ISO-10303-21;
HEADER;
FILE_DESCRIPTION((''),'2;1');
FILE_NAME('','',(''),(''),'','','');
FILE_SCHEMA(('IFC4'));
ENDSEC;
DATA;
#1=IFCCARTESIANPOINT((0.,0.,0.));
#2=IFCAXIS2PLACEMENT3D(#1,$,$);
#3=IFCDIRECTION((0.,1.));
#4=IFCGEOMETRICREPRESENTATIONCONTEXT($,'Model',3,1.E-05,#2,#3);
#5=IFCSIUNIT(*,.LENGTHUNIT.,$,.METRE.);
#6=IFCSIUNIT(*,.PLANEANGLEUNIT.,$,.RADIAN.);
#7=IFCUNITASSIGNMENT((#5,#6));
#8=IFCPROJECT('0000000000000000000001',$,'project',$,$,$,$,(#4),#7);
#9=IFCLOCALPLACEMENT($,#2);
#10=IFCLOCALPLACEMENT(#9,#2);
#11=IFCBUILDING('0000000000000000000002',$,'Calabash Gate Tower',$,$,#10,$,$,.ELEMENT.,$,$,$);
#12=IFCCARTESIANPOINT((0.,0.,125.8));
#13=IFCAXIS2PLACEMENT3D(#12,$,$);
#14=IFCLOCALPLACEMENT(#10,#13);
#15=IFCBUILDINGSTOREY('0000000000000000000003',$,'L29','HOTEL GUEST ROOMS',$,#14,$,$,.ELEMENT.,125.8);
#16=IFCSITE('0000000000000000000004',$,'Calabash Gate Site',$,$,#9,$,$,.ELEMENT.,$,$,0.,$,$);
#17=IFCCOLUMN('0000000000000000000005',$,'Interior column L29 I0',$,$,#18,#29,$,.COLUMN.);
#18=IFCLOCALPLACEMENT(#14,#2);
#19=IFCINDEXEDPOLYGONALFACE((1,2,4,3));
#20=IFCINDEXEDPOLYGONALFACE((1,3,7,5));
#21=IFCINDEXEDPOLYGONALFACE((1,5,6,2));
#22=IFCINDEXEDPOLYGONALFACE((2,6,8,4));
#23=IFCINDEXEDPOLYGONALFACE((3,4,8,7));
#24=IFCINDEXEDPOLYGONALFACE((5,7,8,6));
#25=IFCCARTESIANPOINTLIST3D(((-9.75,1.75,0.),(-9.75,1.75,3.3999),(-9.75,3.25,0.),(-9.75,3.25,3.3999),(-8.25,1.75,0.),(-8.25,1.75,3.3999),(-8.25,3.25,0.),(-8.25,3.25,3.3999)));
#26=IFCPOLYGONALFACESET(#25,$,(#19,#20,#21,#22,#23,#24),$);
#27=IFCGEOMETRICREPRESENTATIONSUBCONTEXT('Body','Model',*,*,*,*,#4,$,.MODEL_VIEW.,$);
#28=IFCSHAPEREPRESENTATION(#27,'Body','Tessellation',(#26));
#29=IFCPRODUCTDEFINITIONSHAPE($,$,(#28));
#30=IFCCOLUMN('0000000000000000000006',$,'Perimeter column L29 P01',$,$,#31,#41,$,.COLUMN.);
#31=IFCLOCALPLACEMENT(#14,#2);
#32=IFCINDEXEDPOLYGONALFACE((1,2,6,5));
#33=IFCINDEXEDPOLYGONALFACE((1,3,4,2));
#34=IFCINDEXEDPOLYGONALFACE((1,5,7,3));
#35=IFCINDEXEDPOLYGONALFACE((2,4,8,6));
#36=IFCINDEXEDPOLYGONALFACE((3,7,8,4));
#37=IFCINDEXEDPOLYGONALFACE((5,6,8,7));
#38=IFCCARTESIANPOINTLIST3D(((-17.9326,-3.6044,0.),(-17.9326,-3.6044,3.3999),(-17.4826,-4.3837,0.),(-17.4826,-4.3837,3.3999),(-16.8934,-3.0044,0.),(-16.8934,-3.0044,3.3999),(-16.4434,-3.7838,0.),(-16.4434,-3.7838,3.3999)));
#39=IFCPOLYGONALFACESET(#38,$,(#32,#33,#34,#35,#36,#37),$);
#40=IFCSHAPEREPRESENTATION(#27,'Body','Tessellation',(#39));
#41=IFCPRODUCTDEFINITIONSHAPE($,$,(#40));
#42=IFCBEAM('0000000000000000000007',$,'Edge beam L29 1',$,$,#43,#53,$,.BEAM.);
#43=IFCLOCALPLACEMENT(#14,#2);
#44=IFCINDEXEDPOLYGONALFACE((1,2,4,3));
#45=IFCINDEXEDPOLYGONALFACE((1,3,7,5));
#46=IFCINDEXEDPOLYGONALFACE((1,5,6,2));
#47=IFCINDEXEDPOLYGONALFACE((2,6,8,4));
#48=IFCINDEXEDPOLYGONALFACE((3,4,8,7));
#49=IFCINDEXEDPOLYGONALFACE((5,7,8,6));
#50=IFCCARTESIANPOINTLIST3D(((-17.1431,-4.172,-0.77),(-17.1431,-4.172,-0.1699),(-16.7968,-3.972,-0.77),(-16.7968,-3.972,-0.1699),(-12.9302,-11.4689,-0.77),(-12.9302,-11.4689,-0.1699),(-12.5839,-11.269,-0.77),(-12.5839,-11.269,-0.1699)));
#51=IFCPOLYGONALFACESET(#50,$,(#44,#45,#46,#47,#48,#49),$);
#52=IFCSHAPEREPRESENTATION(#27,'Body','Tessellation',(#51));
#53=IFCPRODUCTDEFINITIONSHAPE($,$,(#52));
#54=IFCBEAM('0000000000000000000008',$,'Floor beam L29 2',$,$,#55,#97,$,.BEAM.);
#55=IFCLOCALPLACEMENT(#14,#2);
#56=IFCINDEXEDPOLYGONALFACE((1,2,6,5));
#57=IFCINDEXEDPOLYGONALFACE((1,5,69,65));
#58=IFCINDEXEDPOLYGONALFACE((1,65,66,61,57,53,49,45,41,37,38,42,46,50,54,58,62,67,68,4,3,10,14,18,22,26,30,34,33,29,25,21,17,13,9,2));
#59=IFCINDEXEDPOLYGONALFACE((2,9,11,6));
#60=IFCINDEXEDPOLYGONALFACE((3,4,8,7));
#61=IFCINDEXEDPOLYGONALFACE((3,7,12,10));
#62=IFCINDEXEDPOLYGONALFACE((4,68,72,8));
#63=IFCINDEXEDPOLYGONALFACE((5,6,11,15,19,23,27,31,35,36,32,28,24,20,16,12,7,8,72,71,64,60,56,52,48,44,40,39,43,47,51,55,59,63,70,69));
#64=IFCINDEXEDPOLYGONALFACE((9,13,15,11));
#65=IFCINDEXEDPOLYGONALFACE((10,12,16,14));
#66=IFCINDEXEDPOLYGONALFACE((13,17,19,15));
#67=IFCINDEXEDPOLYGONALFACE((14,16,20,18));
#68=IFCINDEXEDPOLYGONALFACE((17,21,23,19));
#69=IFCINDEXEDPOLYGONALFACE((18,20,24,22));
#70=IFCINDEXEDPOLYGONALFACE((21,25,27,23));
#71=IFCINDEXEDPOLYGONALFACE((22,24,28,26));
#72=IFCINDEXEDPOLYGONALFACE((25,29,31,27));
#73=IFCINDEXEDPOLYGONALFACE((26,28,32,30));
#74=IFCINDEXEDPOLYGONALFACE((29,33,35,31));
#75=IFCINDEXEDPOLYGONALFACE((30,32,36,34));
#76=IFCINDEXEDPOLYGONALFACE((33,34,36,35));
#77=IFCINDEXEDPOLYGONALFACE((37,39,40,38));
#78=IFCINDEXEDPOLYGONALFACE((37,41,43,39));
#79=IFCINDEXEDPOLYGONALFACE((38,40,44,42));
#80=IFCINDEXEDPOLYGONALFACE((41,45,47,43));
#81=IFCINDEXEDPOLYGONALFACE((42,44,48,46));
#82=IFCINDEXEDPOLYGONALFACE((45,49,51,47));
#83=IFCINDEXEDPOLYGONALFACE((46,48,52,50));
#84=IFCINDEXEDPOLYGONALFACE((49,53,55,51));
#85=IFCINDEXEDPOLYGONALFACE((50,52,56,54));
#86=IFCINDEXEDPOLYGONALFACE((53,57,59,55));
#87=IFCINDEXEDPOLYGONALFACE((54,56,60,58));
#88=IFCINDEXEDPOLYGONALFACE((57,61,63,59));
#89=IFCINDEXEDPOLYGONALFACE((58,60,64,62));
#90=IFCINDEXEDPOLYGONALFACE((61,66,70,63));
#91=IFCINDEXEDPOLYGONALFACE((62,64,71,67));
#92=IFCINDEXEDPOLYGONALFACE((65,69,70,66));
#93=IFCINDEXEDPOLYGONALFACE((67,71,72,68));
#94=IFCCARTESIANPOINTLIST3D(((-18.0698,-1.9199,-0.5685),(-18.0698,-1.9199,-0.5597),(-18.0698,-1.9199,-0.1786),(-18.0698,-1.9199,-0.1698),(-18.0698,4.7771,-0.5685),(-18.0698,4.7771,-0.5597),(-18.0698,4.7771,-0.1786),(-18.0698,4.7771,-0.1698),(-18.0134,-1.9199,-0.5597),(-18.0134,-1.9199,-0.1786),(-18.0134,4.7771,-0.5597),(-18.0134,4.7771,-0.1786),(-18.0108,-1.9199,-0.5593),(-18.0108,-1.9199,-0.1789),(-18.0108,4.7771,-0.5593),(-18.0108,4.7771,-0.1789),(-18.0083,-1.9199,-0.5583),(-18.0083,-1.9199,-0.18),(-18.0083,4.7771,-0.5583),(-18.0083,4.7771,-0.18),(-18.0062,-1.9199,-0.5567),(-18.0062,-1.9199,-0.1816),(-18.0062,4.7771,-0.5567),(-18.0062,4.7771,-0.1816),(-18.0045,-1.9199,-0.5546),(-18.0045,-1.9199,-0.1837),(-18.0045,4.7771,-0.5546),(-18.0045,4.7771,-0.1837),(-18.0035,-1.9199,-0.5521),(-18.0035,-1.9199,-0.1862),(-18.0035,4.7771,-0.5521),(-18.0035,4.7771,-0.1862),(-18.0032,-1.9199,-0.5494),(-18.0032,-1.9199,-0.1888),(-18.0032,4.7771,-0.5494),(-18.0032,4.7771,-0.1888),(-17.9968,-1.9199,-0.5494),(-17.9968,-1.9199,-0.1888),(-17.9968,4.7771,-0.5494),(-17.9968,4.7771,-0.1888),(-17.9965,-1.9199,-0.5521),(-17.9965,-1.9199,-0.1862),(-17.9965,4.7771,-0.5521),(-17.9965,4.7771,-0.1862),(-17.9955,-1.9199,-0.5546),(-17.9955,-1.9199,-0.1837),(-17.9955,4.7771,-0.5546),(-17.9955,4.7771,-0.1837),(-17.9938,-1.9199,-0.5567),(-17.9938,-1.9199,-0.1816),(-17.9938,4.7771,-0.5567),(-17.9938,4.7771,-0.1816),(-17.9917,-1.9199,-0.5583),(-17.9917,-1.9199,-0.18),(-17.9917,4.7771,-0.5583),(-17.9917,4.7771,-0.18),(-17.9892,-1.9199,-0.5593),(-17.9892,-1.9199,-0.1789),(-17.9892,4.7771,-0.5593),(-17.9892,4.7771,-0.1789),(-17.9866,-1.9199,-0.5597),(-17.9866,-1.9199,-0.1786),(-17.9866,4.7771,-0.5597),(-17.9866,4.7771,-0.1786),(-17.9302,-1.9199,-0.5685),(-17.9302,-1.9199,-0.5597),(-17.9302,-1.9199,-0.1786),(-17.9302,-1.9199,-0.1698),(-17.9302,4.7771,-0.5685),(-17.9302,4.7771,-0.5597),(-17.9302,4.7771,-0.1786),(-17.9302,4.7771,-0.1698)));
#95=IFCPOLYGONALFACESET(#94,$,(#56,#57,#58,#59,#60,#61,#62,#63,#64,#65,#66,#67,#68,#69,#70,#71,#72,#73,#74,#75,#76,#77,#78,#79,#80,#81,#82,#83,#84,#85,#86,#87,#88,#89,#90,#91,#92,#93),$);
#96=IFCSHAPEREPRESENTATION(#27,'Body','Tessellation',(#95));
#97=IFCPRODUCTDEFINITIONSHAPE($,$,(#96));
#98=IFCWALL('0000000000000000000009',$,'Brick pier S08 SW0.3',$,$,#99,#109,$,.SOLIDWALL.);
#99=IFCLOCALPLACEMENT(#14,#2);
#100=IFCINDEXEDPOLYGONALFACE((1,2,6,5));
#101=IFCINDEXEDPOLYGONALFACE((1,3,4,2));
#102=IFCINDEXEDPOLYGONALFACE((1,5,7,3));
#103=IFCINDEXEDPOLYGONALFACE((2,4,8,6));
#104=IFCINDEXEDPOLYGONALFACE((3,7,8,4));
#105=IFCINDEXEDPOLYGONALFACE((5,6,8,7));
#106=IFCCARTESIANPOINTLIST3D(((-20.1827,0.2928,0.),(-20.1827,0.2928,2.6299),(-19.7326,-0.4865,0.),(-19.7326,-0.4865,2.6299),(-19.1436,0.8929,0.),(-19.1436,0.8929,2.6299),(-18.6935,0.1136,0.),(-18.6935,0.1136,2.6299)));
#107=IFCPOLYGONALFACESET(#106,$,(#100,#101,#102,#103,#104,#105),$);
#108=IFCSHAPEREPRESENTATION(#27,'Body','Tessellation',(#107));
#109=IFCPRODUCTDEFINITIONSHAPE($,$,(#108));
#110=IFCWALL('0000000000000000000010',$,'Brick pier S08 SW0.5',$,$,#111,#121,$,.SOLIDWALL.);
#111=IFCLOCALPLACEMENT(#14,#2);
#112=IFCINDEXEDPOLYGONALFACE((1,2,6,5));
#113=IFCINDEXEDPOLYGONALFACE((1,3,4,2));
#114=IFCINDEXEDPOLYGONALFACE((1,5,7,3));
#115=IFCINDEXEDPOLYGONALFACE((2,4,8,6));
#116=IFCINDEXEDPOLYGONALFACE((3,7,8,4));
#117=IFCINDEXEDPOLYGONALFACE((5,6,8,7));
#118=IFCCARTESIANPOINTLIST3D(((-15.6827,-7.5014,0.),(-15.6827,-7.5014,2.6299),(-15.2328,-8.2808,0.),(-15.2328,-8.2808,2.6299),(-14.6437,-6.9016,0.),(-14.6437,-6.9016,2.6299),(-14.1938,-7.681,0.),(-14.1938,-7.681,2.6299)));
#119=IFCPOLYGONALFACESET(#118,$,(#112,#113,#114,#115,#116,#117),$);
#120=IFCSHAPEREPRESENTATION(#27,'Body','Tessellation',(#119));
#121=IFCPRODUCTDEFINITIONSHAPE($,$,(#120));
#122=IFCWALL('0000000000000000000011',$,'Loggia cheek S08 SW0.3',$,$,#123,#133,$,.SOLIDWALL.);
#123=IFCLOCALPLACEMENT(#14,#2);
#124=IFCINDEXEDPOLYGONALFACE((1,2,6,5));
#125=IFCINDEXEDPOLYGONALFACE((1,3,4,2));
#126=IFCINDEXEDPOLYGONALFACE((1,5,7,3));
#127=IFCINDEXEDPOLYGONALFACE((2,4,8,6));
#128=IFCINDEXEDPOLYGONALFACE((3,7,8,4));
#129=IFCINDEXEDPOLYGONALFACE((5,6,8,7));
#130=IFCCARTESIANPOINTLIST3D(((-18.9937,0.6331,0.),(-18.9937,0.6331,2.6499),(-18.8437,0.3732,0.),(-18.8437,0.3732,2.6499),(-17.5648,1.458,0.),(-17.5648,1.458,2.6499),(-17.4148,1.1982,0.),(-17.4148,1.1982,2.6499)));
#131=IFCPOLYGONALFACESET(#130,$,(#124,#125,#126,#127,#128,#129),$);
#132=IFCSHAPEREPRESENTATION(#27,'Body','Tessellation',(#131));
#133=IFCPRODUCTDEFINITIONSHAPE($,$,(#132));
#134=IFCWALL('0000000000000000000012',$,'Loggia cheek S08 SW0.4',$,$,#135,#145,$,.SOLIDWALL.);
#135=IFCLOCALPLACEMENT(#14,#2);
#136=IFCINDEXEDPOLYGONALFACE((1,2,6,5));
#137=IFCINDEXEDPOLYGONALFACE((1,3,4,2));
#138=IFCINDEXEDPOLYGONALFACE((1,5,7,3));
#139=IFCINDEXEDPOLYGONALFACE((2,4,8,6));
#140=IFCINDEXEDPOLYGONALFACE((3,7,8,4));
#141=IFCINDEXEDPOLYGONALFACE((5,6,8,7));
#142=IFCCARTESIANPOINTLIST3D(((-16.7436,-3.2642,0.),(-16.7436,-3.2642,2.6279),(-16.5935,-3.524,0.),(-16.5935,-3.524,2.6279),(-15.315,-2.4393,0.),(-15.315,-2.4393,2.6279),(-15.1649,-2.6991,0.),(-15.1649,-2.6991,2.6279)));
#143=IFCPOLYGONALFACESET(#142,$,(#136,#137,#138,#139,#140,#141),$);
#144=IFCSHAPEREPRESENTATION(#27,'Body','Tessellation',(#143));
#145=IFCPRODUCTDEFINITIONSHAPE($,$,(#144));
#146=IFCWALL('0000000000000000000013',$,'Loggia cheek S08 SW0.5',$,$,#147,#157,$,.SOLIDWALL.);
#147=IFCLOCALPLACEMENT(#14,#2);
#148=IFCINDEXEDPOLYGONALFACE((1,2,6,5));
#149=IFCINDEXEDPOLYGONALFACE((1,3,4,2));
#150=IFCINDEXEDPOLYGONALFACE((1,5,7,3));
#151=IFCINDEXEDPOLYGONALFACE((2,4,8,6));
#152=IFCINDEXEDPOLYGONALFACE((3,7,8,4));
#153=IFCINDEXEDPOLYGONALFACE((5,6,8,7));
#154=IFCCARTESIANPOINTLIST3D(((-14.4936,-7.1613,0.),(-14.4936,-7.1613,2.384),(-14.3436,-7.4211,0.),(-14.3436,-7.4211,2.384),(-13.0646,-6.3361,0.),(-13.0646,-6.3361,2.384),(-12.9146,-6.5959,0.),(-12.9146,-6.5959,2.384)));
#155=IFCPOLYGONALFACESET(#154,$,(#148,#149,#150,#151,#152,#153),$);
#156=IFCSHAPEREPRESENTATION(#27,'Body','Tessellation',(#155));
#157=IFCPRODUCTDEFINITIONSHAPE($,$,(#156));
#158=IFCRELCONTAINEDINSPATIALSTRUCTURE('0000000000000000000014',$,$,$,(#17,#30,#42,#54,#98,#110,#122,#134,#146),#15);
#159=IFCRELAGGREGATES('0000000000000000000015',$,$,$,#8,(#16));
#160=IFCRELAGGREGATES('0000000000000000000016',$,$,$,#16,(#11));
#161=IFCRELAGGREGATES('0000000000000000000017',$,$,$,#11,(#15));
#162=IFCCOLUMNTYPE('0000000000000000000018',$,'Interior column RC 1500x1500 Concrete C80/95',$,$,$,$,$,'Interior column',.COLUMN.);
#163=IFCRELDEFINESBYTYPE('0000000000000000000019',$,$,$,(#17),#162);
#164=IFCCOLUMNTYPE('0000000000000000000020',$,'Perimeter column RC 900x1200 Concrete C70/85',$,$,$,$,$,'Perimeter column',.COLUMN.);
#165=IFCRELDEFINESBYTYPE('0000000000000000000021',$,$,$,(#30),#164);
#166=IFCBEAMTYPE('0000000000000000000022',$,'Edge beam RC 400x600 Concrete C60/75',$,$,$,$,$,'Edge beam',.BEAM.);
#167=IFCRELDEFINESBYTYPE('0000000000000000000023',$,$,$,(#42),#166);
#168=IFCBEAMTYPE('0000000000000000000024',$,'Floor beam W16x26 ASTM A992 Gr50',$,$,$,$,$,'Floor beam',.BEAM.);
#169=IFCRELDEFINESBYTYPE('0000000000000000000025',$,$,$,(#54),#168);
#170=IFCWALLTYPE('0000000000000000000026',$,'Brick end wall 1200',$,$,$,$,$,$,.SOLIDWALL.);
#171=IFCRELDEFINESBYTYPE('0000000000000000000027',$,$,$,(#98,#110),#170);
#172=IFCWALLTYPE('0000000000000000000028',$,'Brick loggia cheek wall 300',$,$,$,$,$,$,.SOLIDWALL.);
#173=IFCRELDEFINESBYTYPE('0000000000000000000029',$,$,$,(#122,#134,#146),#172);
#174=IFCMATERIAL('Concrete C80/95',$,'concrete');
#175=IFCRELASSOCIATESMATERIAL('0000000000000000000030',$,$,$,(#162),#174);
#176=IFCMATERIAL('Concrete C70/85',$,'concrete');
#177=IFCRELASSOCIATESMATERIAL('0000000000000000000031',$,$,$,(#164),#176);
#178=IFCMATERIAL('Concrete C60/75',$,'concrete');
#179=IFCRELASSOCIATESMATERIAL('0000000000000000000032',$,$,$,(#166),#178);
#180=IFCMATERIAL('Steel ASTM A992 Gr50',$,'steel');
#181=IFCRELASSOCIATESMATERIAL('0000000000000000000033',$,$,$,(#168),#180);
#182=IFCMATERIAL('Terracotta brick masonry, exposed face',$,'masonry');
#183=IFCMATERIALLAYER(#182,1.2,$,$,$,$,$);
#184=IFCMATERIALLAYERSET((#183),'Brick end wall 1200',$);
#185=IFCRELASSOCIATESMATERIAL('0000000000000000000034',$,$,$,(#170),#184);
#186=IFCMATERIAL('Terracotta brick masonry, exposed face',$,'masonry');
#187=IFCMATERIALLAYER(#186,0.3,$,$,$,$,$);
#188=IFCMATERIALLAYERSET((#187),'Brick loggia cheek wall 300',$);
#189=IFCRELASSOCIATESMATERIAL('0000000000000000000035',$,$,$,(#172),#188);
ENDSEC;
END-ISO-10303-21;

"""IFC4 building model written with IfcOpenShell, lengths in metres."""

from ifc_helpers import new_model, si_unit, direction, frame, frame_2d, origin, origin_2d, place, context, subcontext, project, spatial, rectangle, i_section, extrude, material, layer, layer_set, material_profile, profile_set, type_object, element, save


model = new_model("IFC4")

# Units and contexts
model_context = context("Model", 3, precision=1e-05, world=origin(), true_north=direction((0.0, 1.0)))
body_context = subcontext(model_context, "Body", "Model", "MODEL_VIEW")
ifc_project = project(units=[si_unit("LENGTHUNIT", "METRE"), si_unit("PLANEANGLEUNIT", "RADIAN")], contexts=[model_context])

# Site, building, storey
site_placement = place(None, origin())
site = spatial("IfcSite", under=ifc_project, at=site_placement, Name="Calabash Gate Site", CompositionType="ELEMENT", RefElevation=0.0)
building_placement = place(site_placement, origin())
building = spatial("IfcBuilding", under=site, at=building_placement, Name="Calabash Gate Tower", CompositionType="ELEMENT")
storey_placement = place(building_placement, frame((0.0, 0.0, 125.8)))
storey = spatial("IfcBuildingStorey", under=building, at=storey_placement, Name="L29", Description="HOTEL GUEST ROOMS", CompositionType="ELEMENT", Elevation=125.8)

# Columns
ifc_material_1 = material(Name="Concrete C80/95", Category="concrete")
ifc_material_profile_1 = material_profile(ifc_material_1, rectangle(XDim=1.5, YDim=1.5, at=origin_2d()))
ifc_profile_set_1 = profile_set([ifc_material_profile_1], Name="Concrete C80/95")
column_type_1 = type_object("IfcColumnType", Name="Interior column RC 1500x1500 Concrete C80/95", ElementType="Interior column", PredefinedType="COLUMN", material=ifc_profile_set_1)
column_1_placement = place(storey_placement, frame((-9.0, 2.5, 0.0), z_axis=(0.0, 0.0, 1.0), x_axis=(1.0, 0.0, 0.0)))
element("IfcColumn", 1, at=column_1_placement, inside=storey, type_object=column_type_1, Name="Interior column L29 I0", PredefinedType="COLUMN", context=body_context, shape_type="SweptSolid", body=[
    extrude(rectangle(XDim=1.5, YDim=1.5, at=origin_2d()), origin(), (0.0, 0.0, 1.0), 3.3999),
])
ifc_material_2 = material(Name="Concrete C70/85", Category="concrete")
ifc_material_profile_2 = material_profile(ifc_material_2, rectangle(XDim=0.8999, YDim=1.2, at=origin_2d()))
ifc_profile_set_2 = profile_set([ifc_material_profile_2], Name="Concrete C70/85")
column_type_2 = type_object("IfcColumnType", Name="Perimeter column RC 900x1200 Concrete C70/85", ElementType="Perimeter column", PredefinedType="COLUMN", material=ifc_profile_set_2)
column_2_placement = place(storey_placement, frame((-17.188, -3.6941, 0.0), z_axis=(0.0, 0.0, 1.0), x_axis=(0.5, -0.866025, 0.0)))
element("IfcColumn", 2, at=column_2_placement, inside=storey, type_object=column_type_2, Name="Perimeter column L29 P01", PredefinedType="COLUMN", context=body_context, shape_type="SweptSolid", body=[
    extrude(rectangle(XDim=0.8999, YDim=1.2, at=origin_2d()), origin(), (0.0, 0.0, 1.0), 3.3999),
])

# Beams
ifc_material_3 = material(Name="Concrete C60/75", Category="concrete")
ifc_material_profile_3 = material_profile(ifc_material_3, rectangle(XDim=0.3999, YDim=0.6001, at=origin_2d()))
ifc_profile_set_3 = profile_set([ifc_material_profile_3], Name="Concrete C60/75")
beam_type_1 = type_object("IfcBeamType", Name="Edge beam RC 400x600 Concrete C60/75", ElementType="Edge beam", PredefinedType="BEAM", material=ifc_profile_set_3)
beam_1_placement = place(storey_placement, frame((-16.97, -4.072, -0.47), z_axis=(0.500003, -0.866023, 0.0), x_axis=(0.866023, 0.500003, 0.0)))
element("IfcBeam", 3, at=beam_1_placement, inside=storey, type_object=beam_type_1, Name="Edge beam L29 1", PredefinedType="BEAM", context=body_context, shape_type="SweptSolid", body=[
    extrude(rectangle(XDim=0.3999, YDim=0.6001, at=origin_2d()), origin(), (0.0, 0.0, 1.0), 8.4258),
])
ifc_material_4 = material(Name="Steel ASTM A992 Gr50", Category="steel")
ifc_material_profile_4 = material_profile(ifc_material_4, i_section(OverallWidth=0.1396, OverallDepth=0.3987, WebThickness=0.0063, FlangeThickness=0.0088, FilletRadius=0.0103, at=origin_2d()))
ifc_profile_set_4 = profile_set([ifc_material_profile_4], Name="Steel ASTM A992 Gr50")
beam_type_2 = type_object("IfcBeamType", Name="Floor beam W16x26 ASTM A992 Gr50", ElementType="Floor beam", PredefinedType="BEAM", material=ifc_profile_set_4)
beam_2_placement = place(storey_placement, frame((-18.0, -1.9199, -0.3691), z_axis=(0.0, 1.0, 0.0), x_axis=(-1.0, 0.0, 0.0)))
element("IfcBeam", 4, at=beam_2_placement, inside=storey, type_object=beam_type_2, Name="Floor beam L29 2", PredefinedType="BEAM", context=body_context, shape_type="SweptSolid", body=[
    extrude(i_section(OverallWidth=0.1396, OverallDepth=0.3987, WebThickness=0.0063, FlangeThickness=0.0088, FilletRadius=0.0103, at=origin_2d()), origin(), (0.0, 0.0, 1.0), 6.697),
])

# Walls
ifc_material_5 = material(Name="Terracotta brick masonry, exposed face", Category="masonry")
ifc_layer_1 = layer(ifc_material_5, 1.2)
ifc_layer_set_1 = layer_set([ifc_layer_1], Name="Brick end wall 1200")
wall_type_1 = type_object("IfcWallType", Name="Brick end wall 1200", PredefinedType="SOLIDWALL", material=ifc_layer_set_1)
wall_1_placement = place(storey_placement, frame((-19.9578, -0.0969, 0.0), z_axis=(0.0, 0.0, 1.0), x_axis=(0.865955, 0.500122, 0.0)))
element("IfcWall", 5, at=wall_1_placement, inside=storey, type_object=wall_type_1, Name="Brick pier S08 SW0.3", PredefinedType="SOLIDWALL", context=body_context, shape_type="SweptSolid", body=[
    extrude(rectangle(XDim=1.2, YDim=0.8999, at=frame_2d((0.6001, 0.0))), origin(), (0.0, 0.0, 1.0), 2.6299),
])
wall_2_placement = place(storey_placement, frame((-15.4578, -7.8911, 0.0), z_axis=(0.0, 0.0, 1.0), x_axis=(0.866043, 0.499969, 0.0)))
element("IfcWall", 6, at=wall_2_placement, inside=storey, type_object=wall_type_1, Name="Brick pier S08 SW0.5", PredefinedType="SOLIDWALL", context=body_context, shape_type="SweptSolid", body=[
    extrude(rectangle(XDim=1.1997, YDim=0.8999, at=frame_2d((0.5999, 0.0))), origin(), (0.0, 0.0, 1.0), 2.6299),
])
ifc_material_6 = material(Name="Terracotta brick masonry, exposed face", Category="masonry")
ifc_layer_2 = layer(ifc_material_6, 0.3)
ifc_layer_set_2 = layer_set([ifc_layer_2], Name="Brick loggia cheek wall 300")
wall_type_2 = type_object("IfcWallType", Name="Brick loggia cheek wall 300", PredefinedType="SOLIDWALL", material=ifc_layer_set_2)
wall_3_placement = place(storey_placement, frame((-18.9187, 0.5032, 0.0), z_axis=(0.0, 0.0, 1.0), x_axis=(0.86604, 0.499974, 0.0)))
element("IfcWall", 7, at=wall_3_placement, inside=storey, type_object=wall_type_2, Name="Loggia cheek S08 SW0.3", PredefinedType="SOLIDWALL", context=body_context, shape_type="SweptSolid", body=[
    extrude(rectangle(XDim=1.6499, YDim=0.3, at=frame_2d((0.825, 0.0))), origin(), (0.0, 0.0, 1.0), 2.6499),
])
wall_4_placement = place(storey_placement, frame((-16.6685, -3.394, 0.0), z_axis=(0.0, 0.0, 1.0), x_axis=(0.866003, 0.500038, 0.0)))
element("IfcWall", 8, at=wall_4_placement, inside=storey, type_object=wall_type_2, Name="Loggia cheek S08 SW0.4", PredefinedType="SOLIDWALL", context=body_context, shape_type="SweptSolid", body=[
    extrude(rectangle(XDim=1.6497, YDim=0.3, at=frame_2d((0.8247, 0.0))), origin(), (0.0, 0.0, 1.0), 2.6279),
])
wall_5_placement = place(storey_placement, frame((-14.4187, -7.2913, 0.0), z_axis=(0.0, 0.0, 1.0), x_axis=(0.865976, 0.500085, 0.0)))
element("IfcWall", 9, at=wall_5_placement, inside=storey, type_object=wall_type_2, Name="Loggia cheek S08 SW0.5", PredefinedType="SOLIDWALL", context=body_context, shape_type="SweptSolid", body=[
    extrude(rectangle(XDim=1.6501, YDim=0.3, at=frame_2d((0.8252, 0.0))), origin(), (0.0, 0.0, 1.0), 2.384),
])

save(model, "model.ifc")
